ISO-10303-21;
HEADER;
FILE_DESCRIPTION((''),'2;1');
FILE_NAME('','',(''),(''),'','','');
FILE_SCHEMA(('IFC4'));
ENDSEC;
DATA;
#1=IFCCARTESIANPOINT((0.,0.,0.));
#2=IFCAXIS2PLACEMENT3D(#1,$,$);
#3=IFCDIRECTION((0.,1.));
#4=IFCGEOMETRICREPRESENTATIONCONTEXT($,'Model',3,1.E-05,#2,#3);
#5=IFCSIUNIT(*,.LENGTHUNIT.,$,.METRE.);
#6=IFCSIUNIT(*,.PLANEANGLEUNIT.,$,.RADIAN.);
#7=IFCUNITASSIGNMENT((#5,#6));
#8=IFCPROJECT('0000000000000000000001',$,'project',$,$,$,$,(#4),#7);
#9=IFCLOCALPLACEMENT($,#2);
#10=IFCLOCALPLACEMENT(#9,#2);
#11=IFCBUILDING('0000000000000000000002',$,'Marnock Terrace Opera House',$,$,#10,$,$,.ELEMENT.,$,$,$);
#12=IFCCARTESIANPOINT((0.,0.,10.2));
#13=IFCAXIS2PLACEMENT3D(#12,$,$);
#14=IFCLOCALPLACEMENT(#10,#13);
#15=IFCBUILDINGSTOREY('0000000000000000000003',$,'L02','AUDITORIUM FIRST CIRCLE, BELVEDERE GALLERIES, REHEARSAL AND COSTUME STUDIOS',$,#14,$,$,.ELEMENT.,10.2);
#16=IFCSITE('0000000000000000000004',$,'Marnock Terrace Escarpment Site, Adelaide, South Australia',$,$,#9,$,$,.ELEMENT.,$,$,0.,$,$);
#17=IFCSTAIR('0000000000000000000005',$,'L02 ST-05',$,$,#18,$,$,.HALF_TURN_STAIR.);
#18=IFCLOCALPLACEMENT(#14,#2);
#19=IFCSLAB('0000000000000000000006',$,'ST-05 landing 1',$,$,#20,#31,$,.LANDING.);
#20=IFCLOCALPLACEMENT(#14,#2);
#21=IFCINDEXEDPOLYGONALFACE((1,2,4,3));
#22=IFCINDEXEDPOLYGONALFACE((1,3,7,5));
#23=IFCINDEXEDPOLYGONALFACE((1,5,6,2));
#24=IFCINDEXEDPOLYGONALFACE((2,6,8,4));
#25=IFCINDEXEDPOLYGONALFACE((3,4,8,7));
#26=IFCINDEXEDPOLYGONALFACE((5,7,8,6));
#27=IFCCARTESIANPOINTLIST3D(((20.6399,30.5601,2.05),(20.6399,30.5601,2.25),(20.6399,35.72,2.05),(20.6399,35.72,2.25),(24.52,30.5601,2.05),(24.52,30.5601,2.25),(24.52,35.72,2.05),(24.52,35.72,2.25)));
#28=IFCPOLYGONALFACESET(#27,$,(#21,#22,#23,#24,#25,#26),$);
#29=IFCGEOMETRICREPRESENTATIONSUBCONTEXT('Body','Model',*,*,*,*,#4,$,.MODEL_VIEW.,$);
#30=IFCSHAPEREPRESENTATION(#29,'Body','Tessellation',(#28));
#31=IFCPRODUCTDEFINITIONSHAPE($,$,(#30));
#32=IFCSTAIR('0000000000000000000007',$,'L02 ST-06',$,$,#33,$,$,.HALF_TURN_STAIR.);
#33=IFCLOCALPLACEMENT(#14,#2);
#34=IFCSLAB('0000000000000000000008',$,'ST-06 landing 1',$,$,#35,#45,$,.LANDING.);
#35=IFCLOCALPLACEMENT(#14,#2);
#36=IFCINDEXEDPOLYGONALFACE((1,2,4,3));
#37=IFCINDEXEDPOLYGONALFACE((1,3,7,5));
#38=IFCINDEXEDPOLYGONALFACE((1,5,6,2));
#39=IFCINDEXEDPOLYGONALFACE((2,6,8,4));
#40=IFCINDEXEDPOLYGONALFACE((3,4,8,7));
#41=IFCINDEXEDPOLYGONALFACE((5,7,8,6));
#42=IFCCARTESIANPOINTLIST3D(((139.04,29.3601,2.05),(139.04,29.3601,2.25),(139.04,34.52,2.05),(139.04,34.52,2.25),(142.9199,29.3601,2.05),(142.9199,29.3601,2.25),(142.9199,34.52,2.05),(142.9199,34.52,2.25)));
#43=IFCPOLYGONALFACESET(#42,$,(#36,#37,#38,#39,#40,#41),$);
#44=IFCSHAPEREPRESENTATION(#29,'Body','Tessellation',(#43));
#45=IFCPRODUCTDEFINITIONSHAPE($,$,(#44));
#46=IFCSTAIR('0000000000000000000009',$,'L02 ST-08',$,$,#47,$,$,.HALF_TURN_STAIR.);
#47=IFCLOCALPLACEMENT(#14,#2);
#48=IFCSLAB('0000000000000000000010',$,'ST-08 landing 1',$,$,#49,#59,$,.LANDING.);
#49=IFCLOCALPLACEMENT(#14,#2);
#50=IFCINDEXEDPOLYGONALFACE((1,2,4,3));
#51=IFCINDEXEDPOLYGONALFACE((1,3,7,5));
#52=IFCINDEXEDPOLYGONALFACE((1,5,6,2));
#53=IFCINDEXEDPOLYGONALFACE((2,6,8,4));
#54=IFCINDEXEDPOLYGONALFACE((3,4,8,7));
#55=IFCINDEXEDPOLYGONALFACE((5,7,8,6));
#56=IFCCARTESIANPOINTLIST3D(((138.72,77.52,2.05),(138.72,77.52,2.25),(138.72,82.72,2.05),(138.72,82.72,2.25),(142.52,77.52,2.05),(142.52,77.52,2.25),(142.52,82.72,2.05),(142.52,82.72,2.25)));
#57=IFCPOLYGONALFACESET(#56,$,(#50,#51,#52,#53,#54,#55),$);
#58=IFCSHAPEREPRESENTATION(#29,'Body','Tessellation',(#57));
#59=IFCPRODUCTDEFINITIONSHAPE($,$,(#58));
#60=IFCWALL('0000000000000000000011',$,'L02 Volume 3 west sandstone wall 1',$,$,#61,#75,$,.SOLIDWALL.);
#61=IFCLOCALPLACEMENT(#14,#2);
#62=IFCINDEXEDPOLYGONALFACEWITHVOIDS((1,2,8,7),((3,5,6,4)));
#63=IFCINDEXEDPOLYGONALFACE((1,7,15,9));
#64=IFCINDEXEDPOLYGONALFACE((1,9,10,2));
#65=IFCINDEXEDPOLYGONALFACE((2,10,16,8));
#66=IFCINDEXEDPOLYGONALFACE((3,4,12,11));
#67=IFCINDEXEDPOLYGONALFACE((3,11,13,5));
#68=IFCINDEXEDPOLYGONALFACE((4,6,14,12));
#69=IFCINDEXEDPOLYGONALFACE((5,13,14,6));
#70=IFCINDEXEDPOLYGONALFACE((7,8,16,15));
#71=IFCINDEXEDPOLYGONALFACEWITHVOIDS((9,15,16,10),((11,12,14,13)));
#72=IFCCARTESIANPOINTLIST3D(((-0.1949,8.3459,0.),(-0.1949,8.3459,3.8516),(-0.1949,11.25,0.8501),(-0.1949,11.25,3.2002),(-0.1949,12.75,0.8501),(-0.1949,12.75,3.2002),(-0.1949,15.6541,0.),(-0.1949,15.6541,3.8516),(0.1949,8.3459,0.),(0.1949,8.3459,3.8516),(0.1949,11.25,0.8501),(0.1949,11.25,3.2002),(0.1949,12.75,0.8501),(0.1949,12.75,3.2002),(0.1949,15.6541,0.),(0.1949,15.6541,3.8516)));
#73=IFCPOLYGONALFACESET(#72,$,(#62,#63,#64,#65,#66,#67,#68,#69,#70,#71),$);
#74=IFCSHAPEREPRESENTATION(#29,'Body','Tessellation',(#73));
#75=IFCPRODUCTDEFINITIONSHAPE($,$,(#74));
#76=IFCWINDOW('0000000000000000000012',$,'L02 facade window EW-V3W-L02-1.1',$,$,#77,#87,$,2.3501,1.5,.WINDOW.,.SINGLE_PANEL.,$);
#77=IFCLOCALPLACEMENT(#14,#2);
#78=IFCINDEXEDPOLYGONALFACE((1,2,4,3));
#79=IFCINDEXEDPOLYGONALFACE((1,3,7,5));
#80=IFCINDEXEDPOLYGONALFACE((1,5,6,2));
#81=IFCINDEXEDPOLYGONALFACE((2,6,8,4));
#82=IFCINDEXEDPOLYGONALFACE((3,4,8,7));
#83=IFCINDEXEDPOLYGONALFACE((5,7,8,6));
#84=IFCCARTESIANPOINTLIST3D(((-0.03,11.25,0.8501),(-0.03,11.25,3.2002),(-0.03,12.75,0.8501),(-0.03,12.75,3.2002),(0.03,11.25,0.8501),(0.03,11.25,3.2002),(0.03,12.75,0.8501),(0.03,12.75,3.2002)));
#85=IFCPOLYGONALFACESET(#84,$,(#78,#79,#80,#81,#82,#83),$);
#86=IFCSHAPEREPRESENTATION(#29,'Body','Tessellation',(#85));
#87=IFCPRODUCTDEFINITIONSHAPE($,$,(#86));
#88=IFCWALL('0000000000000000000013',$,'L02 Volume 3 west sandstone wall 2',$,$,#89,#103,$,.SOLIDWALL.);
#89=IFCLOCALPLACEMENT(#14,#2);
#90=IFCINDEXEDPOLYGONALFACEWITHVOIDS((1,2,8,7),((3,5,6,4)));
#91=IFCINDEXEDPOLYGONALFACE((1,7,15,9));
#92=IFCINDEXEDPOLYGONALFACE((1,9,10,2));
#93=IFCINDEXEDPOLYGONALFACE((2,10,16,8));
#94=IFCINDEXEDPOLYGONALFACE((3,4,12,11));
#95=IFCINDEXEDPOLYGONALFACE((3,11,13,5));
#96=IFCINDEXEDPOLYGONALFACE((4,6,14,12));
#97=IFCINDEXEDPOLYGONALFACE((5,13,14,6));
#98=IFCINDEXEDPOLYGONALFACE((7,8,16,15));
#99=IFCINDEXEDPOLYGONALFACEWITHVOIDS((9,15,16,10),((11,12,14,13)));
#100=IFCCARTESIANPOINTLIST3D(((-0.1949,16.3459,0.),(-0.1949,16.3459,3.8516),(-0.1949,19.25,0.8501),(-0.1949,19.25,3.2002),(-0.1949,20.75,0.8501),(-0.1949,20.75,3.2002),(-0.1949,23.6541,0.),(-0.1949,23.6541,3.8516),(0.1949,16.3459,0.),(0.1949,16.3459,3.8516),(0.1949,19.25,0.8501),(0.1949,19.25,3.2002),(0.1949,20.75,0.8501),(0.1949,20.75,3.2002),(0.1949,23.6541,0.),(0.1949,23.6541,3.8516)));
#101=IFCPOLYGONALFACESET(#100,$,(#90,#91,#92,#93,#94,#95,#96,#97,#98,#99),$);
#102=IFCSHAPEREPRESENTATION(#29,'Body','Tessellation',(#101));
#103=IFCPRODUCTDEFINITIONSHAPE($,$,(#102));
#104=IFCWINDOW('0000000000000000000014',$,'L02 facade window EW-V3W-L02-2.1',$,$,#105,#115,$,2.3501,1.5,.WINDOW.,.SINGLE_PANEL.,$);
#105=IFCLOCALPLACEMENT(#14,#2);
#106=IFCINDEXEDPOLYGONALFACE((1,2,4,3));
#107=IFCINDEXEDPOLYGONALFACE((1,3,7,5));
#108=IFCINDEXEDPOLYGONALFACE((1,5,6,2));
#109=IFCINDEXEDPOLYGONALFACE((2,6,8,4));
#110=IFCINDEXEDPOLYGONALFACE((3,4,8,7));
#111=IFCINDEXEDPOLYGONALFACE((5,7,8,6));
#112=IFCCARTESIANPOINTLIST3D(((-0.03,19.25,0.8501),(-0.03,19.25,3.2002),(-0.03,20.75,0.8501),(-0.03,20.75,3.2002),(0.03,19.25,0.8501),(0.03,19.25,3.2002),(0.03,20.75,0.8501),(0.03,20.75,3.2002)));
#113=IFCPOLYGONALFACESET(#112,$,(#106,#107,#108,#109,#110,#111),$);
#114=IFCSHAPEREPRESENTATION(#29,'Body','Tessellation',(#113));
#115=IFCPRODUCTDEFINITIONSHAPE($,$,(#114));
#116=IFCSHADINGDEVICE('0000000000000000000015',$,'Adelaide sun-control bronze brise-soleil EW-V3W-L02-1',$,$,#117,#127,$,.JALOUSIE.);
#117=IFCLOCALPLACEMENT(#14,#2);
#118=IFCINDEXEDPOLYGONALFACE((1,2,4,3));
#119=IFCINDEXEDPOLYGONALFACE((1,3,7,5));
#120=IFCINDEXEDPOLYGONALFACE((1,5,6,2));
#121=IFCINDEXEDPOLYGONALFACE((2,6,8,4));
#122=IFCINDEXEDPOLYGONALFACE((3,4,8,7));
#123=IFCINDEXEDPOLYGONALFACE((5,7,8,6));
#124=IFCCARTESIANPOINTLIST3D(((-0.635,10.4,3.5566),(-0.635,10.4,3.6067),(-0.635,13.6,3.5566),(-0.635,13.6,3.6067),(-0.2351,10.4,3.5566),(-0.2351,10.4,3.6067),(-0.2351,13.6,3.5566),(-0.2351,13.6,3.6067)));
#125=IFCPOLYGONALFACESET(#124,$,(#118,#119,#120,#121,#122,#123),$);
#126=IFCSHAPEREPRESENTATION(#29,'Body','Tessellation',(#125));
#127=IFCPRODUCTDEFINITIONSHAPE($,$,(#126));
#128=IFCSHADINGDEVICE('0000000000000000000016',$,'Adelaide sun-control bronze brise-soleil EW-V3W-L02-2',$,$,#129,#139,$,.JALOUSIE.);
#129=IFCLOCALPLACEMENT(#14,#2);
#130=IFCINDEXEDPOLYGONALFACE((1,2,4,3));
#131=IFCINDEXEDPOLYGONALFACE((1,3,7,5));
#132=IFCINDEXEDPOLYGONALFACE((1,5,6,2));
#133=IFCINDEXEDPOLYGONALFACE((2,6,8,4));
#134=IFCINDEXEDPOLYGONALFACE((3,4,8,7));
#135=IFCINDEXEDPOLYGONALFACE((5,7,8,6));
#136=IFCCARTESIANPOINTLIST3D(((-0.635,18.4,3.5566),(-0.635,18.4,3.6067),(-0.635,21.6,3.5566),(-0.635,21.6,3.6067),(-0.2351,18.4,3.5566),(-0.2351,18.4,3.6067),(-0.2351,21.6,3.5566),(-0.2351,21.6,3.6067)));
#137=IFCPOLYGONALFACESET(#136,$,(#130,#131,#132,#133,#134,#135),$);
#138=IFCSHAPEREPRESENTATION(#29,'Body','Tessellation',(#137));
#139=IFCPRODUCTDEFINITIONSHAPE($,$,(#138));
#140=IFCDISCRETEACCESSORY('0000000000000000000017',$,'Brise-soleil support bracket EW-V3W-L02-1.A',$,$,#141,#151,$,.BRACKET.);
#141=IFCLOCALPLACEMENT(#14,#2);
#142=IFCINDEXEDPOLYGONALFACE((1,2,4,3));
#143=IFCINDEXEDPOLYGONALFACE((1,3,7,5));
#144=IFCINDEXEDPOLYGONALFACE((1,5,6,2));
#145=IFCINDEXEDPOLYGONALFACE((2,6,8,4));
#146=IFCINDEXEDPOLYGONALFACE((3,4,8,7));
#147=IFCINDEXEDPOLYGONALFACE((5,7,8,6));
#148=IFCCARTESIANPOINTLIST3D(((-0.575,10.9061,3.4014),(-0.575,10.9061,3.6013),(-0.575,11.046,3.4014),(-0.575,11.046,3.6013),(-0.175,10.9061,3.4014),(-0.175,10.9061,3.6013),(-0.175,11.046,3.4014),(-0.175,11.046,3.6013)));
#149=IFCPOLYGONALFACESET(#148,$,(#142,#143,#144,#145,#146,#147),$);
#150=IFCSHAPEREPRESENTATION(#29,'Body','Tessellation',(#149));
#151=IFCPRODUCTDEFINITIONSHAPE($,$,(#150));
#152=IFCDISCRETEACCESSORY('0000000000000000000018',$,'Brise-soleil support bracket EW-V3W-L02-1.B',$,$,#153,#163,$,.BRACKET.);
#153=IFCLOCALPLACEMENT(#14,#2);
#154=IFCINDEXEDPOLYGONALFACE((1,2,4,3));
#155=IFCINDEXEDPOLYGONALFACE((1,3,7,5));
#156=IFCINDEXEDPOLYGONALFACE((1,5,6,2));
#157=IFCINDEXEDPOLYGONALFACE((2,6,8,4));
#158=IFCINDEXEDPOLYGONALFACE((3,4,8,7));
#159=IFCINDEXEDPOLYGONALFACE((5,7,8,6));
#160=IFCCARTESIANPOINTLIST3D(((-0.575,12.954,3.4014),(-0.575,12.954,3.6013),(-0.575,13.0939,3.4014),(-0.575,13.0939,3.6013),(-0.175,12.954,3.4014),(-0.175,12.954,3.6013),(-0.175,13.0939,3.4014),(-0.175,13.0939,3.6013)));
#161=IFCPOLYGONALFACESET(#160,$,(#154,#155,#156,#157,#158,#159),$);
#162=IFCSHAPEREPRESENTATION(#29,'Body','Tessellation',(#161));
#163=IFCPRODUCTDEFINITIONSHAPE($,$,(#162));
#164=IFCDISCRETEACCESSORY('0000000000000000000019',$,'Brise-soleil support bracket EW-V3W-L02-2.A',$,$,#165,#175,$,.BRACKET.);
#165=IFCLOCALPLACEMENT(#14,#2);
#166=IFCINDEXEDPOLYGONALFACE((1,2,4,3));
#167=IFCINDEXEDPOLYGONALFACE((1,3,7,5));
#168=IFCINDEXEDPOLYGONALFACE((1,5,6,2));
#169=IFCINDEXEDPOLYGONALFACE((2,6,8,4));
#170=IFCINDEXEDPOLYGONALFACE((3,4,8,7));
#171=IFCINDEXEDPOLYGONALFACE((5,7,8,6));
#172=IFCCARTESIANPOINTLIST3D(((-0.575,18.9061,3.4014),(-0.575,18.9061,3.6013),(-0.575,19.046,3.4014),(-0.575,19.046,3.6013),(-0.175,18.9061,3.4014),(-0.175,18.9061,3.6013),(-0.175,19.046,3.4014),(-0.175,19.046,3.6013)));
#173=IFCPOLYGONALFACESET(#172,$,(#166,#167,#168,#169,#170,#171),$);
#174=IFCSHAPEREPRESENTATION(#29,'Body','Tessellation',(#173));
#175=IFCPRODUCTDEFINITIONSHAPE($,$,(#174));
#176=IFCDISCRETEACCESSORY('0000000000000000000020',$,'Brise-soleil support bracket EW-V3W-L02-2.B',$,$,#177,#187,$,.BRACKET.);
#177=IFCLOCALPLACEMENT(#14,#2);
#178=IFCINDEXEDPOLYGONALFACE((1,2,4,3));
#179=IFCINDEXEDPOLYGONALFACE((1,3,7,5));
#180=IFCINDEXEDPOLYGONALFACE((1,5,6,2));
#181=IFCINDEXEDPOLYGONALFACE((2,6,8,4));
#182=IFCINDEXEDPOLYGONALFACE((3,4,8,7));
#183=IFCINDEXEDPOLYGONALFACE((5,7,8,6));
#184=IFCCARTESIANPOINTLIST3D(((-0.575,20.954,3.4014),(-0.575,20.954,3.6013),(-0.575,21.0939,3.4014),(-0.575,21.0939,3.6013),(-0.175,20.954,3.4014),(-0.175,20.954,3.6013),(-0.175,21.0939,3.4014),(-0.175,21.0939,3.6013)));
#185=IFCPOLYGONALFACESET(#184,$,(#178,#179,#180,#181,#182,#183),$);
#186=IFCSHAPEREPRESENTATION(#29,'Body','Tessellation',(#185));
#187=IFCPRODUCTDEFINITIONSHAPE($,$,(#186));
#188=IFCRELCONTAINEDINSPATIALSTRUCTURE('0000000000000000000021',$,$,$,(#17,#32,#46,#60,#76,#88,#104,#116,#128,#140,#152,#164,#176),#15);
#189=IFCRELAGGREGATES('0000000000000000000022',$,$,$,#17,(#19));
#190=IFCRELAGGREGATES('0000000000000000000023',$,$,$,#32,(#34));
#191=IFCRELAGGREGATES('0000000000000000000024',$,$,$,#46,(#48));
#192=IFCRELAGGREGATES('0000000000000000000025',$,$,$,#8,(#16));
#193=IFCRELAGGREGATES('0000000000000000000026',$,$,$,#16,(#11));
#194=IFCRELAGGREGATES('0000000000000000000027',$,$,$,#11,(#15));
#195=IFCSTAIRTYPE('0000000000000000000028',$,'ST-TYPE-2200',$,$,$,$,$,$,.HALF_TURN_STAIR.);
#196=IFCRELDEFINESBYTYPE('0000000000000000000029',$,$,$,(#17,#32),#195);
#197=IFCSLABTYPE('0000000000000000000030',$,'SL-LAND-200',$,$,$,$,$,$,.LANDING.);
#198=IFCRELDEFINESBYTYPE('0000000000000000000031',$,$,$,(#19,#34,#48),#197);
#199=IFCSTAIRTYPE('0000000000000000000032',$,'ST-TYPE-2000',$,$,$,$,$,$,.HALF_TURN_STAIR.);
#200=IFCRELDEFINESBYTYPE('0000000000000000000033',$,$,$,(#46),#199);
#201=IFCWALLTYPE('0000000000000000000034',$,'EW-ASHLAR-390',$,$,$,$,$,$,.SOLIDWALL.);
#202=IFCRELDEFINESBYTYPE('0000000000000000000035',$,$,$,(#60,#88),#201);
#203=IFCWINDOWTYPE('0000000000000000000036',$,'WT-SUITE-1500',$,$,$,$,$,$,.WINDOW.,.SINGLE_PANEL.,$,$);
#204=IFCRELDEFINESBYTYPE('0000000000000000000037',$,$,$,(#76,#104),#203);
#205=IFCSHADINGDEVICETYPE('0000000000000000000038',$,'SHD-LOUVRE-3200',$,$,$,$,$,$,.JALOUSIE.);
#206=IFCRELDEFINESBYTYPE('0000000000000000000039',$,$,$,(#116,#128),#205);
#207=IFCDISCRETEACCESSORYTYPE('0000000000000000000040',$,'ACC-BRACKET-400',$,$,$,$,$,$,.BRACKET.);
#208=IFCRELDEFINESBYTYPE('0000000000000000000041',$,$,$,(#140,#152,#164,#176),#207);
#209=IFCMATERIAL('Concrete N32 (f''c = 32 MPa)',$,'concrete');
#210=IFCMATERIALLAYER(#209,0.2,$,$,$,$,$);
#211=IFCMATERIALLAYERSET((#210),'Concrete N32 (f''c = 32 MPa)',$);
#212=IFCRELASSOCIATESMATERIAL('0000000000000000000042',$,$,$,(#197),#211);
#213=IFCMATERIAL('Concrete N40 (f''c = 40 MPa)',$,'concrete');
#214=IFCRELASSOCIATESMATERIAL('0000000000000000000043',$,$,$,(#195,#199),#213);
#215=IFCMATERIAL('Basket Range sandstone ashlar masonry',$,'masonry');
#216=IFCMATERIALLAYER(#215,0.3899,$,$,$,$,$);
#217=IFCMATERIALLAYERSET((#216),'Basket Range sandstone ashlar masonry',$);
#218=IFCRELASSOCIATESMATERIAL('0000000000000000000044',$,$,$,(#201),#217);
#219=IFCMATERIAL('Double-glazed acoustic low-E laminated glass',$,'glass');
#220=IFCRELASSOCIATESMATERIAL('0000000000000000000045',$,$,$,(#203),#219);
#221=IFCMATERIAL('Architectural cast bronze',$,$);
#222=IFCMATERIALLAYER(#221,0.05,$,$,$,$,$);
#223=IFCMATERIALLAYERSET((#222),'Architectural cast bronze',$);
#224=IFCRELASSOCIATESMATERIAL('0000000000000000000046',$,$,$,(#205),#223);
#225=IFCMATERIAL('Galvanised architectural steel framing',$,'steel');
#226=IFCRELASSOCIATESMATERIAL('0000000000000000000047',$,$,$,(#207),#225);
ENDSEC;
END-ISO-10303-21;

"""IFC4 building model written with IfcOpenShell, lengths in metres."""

from ifc_helpers import new_model, si_unit, direction, frame, frame_2d, origin, origin_2d, place, context, subcontext, project, spatial, polyline, rectangle, outline, extrude, material, layer, layer_set, type_object, element, fill, aggregate, save


model = new_model("IFC4")

# Units and contexts
model_context = context("Model", 3, precision=1e-05, world=origin(), true_north=direction((0.0, 1.0)))
body_context = subcontext(model_context, "Body", "Model", "MODEL_VIEW")
ifc_project = project(units=[si_unit("LENGTHUNIT", "METRE"), si_unit("PLANEANGLEUNIT", "RADIAN")], contexts=[model_context])

# Site, building, storey
site_placement = place(None, origin())
site = spatial("IfcSite", under=ifc_project, at=site_placement, Name="Marnock Terrace Escarpment Site, Adelaide, South Australia", CompositionType="ELEMENT", RefElevation=0.0)
building_placement = place(site_placement, origin())
building = spatial("IfcBuilding", under=site, at=building_placement, Name="Marnock Terrace Opera House", CompositionType="ELEMENT")
storey_placement = place(building_placement, frame((0.0, 0.0, 10.2)))
storey = spatial("IfcBuildingStorey", under=building, at=storey_placement, Name="L02", Description="AUDITORIUM FIRST CIRCLE, BELVEDERE GALLERIES, REHEARSAL AND COSTUME STUDIOS", CompositionType="ELEMENT", Elevation=10.2)

# Shared definitions
ifc_material_1 = material(Name="Concrete N40 (f'c = 40 MPa)", Category="concrete")

# Stairs, slabs
ifc_material_2 = material(Name="Concrete N32 (f'c = 32 MPa)", Category="concrete")
ifc_layer_1 = layer(ifc_material_2, 0.2)
ifc_layer_set_1 = layer_set([ifc_layer_1], Name="Concrete N32 (f'c = 32 MPa)")
slab_type = type_object("IfcSlabType", Name="SL-LAND-200", PredefinedType="LANDING", material=ifc_layer_set_1)
stair_type_1 = type_object("IfcStairType", Name="ST-TYPE-2200", PredefinedType="HALF_TURN_STAIR", material=ifc_material_1)
stair_1_placement = place(storey_placement, origin())
stair_1 = element("IfcStair", 1, at=stair_1_placement, inside=storey, type_object=stair_type_1, Name="L02 ST-05", PredefinedType="HALF_TURN_STAIR")
slab_1_placement = place(storey_placement, frame((0.0, 0.0, 2.05)))
slab_1 = element("IfcSlab", 2, at=slab_1_placement, type_object=slab_type, Name="ST-05 landing 1", PredefinedType="LANDING", context=body_context, shape_type="SweptSolid", body=[
    extrude(outline(polyline([(24.52, 30.5601), (24.52, 35.72), (20.6399, 35.72), (20.6399, 30.5601), (24.52, 30.5601)])), origin(), (0.0, 0.0, 1.0), 0.2),
])
aggregate(stair_1, [slab_1])
stair_2_placement = place(storey_placement, origin())
stair_2 = element("IfcStair", 3, at=stair_2_placement, inside=storey, type_object=stair_type_1, Name="L02 ST-06", PredefinedType="HALF_TURN_STAIR")
slab_2_placement = place(storey_placement, frame((0.0, 0.0, 2.05)))
slab_2 = element("IfcSlab", 4, at=slab_2_placement, type_object=slab_type, Name="ST-06 landing 1", PredefinedType="LANDING", context=body_context, shape_type="SweptSolid", body=[
    extrude(outline(polyline([(142.9199, 29.3601), (142.9199, 34.52), (139.04, 34.52), (139.04, 29.3601), (142.9199, 29.3601)])), origin(), (0.0, 0.0, 1.0), 0.2),
])
aggregate(stair_2, [slab_2])
stair_type_2 = type_object("IfcStairType", Name="ST-TYPE-2000", PredefinedType="HALF_TURN_STAIR", material=ifc_material_1)
stair_3_placement = place(storey_placement, origin())
stair_3 = element("IfcStair", 5, at=stair_3_placement, inside=storey, type_object=stair_type_2, Name="L02 ST-08", PredefinedType="HALF_TURN_STAIR")
slab_3_placement = place(storey_placement, frame((0.0, 0.0, 2.05)))
slab_3 = element("IfcSlab", 6, at=slab_3_placement, type_object=slab_type, Name="ST-08 landing 1", PredefinedType="LANDING", context=body_context, shape_type="SweptSolid", body=[
    extrude(outline(polyline([(142.52, 77.52), (142.52, 82.72), (138.72, 82.72), (138.72, 77.52), (142.52, 77.52)])), origin(), (0.0, 0.0, 1.0), 0.2),
])
aggregate(stair_3, [slab_3])

# Walls, openings, windows
ifc_material_3 = material(Name="Basket Range sandstone ashlar masonry", Category="masonry")
ifc_layer_2 = layer(ifc_material_3, 0.3899)
ifc_layer_set_2 = layer_set([ifc_layer_2], Name="Basket Range sandstone ashlar masonry")
wall_type = type_object("IfcWallType", Name="EW-ASHLAR-390", PredefinedType="SOLIDWALL", material=ifc_layer_set_2)
wall_1_placement = place(storey_placement, frame((0.0, 8.3459, 0.0), z_axis=(0.0, 0.0, 1.0), x_axis=(0.0, 1.0, 0.0)))
wall_1 = element("IfcWall", 7, at=wall_1_placement, inside=storey, type_object=wall_type, Name="L02 Volume 3 west sandstone wall 1", PredefinedType="SOLIDWALL", context=body_context, shape_type="SweptSolid", body=[
    extrude(rectangle(XDim=7.3081, YDim=0.3899, at=frame_2d((3.6541, 0.0))), origin(), (0.0, 0.0, 1.0), 3.8516),
])
opening_1_placement = place(wall_1_placement, frame((2.9041, 0.0, 0.8501)))
opening_1 = element("IfcOpeningElement", 8, at=opening_1_placement, cuts=wall_1, PredefinedType="OPENING", context=body_context, shape_type="SweptSolid", body=[
    extrude(rectangle(XDim=1.5, YDim=2.3501, at=frame_2d((0.75, 1.175))), frame((0.0, 0.2048, 0.0), z_axis=(0.0, -1.0, 0.0), x_axis=(1.0, 0.0, 0.0)), (0.0, 0.0, 1.0), 0.4099),
])
ifc_material_4 = material(Name="Double-glazed acoustic low-E laminated glass", Category="glass")
window_type = type_object("IfcWindowType", Name="WT-SUITE-1500", PartitioningType="SINGLE_PANEL", PredefinedType="WINDOW", material=ifc_material_4)
window_1_placement = place(opening_1_placement, origin())
window_1 = element("IfcWindow", 9, at=window_1_placement, inside=storey, type_object=window_type, Name="L02 facade window EW-V3W-L02-1.1", OverallHeight=2.3501, OverallWidth=1.5, PartitioningType="SINGLE_PANEL", PredefinedType="WINDOW", context=body_context, shape_type="SweptSolid", body=[
    extrude(rectangle(XDim=1.5, YDim=2.3501, at=frame_2d((0.75, 1.175))), frame((0.0, 0.03, 0.0), z_axis=(0.0, -1.0, 0.0), x_axis=(1.0, 0.0, 0.0)), (0.0, 0.0, 1.0), 0.0601),
])
fill(opening_1, window_1)
wall_2_placement = place(storey_placement, frame((0.0, 16.3459, 0.0), z_axis=(0.0, 0.0, 1.0), x_axis=(0.0, 1.0, 0.0)))
wall_2 = element("IfcWall", 10, at=wall_2_placement, inside=storey, type_object=wall_type, Name="L02 Volume 3 west sandstone wall 2", PredefinedType="SOLIDWALL", context=body_context, shape_type="SweptSolid", body=[
    extrude(rectangle(XDim=7.3081, YDim=0.3899, at=frame_2d((3.6541, 0.0))), origin(), (0.0, 0.0, 1.0), 3.8516),
])
opening_2_placement = place(wall_2_placement, frame((2.9041, 0.0, 0.8501)))
opening_2 = element("IfcOpeningElement", 11, at=opening_2_placement, cuts=wall_2, PredefinedType="OPENING", context=body_context, shape_type="SweptSolid", body=[
    extrude(rectangle(XDim=1.5, YDim=2.3501, at=frame_2d((0.75, 1.175))), frame((0.0, 0.2048, 0.0), z_axis=(0.0, -1.0, 0.0), x_axis=(1.0, 0.0, 0.0)), (0.0, 0.0, 1.0), 0.4099),
])
window_2_placement = place(opening_2_placement, origin())
window_2 = element("IfcWindow", 12, at=window_2_placement, inside=storey, type_object=window_type, Name="L02 facade window EW-V3W-L02-2.1", OverallHeight=2.3501, OverallWidth=1.5, PartitioningType="SINGLE_PANEL", PredefinedType="WINDOW", context=body_context, shape_type="SweptSolid", body=[
    extrude(rectangle(XDim=1.5, YDim=2.3501, at=frame_2d((0.75, 1.175))), frame((0.0, 0.03, 0.0), z_axis=(0.0, -1.0, 0.0), x_axis=(1.0, 0.0, 0.0)), (0.0, 0.0, 1.0), 0.0601),
])
fill(opening_2, window_2)

# Shading devices
ifc_material_5 = material(Name="Architectural cast bronze")
ifc_layer_3 = layer(ifc_material_5, 0.05)
ifc_layer_set_3 = layer_set([ifc_layer_3], Name="Architectural cast bronze")
shading_device_type = type_object("IfcShadingDeviceType", Name="SHD-LOUVRE-3200", PredefinedType="JALOUSIE", material=ifc_layer_set_3)
for number, where, z_axis, x_axis, name in (
    (13, (-0.4351, 12.0, 3.5566), (0.0, 0.0, 1.0), (0.0, 1.0, 0.0), "Adelaide sun-control bronze brise-soleil EW-V3W-L02-1"),
    (14, (-0.4351, 20.0, 3.5566), (0.0, 0.0, 1.0), (0.0, 1.0, 0.0), "Adelaide sun-control bronze brise-soleil EW-V3W-L02-2"),
):
    element("IfcShadingDevice", number, at=place(storey_placement, frame(where, z_axis=z_axis, x_axis=x_axis)), inside=storey, type_object=shading_device_type, Name=name, PredefinedType="JALOUSIE", context=body_context, shape_type="SweptSolid", body=[
        extrude(rectangle(XDim=3.2, YDim=0.3999, at=origin_2d()), origin(), (0.0, 0.0, 1.0), 0.05),
    ])

# Discrete accessories
ifc_material_6 = material(Name="Galvanised architectural steel framing", Category="steel")
discrete_accessory_type = type_object("IfcDiscreteAccessoryType", Name="ACC-BRACKET-400", PredefinedType="BRACKET", material=ifc_material_6)
for number, where, z_axis, x_axis, name in (
    (15, (-0.375, 10.9761, 3.4014), (0.0, 0.0, 1.0), (0.0, 1.0, 0.0), "Brise-soleil support bracket EW-V3W-L02-1.A"),
    (16, (-0.375, 13.0239, 3.4014), (0.0, 0.0, 1.0), (0.0, 1.0, 0.0), "Brise-soleil support bracket EW-V3W-L02-1.B"),
    (17, (-0.375, 18.9761, 3.4014), (0.0, 0.0, 1.0), (0.0, 1.0, 0.0), "Brise-soleil support bracket EW-V3W-L02-2.A"),
    (18, (-0.375, 21.0239, 3.4014), (0.0, 0.0, 1.0), (0.0, 1.0, 0.0), "Brise-soleil support bracket EW-V3W-L02-2.B"),
):
    element("IfcDiscreteAccessory", number, at=place(storey_placement, frame(where, z_axis=z_axis, x_axis=x_axis)), inside=storey, type_object=discrete_accessory_type, Name=name, PredefinedType="BRACKET", context=body_context, shape_type="SweptSolid", body=[
        extrude(rectangle(XDim=0.1399, YDim=0.3999, at=origin_2d()), origin(), (0.0, 0.0, 1.0), 0.2),
    ])

save(model, "model.ifc")
